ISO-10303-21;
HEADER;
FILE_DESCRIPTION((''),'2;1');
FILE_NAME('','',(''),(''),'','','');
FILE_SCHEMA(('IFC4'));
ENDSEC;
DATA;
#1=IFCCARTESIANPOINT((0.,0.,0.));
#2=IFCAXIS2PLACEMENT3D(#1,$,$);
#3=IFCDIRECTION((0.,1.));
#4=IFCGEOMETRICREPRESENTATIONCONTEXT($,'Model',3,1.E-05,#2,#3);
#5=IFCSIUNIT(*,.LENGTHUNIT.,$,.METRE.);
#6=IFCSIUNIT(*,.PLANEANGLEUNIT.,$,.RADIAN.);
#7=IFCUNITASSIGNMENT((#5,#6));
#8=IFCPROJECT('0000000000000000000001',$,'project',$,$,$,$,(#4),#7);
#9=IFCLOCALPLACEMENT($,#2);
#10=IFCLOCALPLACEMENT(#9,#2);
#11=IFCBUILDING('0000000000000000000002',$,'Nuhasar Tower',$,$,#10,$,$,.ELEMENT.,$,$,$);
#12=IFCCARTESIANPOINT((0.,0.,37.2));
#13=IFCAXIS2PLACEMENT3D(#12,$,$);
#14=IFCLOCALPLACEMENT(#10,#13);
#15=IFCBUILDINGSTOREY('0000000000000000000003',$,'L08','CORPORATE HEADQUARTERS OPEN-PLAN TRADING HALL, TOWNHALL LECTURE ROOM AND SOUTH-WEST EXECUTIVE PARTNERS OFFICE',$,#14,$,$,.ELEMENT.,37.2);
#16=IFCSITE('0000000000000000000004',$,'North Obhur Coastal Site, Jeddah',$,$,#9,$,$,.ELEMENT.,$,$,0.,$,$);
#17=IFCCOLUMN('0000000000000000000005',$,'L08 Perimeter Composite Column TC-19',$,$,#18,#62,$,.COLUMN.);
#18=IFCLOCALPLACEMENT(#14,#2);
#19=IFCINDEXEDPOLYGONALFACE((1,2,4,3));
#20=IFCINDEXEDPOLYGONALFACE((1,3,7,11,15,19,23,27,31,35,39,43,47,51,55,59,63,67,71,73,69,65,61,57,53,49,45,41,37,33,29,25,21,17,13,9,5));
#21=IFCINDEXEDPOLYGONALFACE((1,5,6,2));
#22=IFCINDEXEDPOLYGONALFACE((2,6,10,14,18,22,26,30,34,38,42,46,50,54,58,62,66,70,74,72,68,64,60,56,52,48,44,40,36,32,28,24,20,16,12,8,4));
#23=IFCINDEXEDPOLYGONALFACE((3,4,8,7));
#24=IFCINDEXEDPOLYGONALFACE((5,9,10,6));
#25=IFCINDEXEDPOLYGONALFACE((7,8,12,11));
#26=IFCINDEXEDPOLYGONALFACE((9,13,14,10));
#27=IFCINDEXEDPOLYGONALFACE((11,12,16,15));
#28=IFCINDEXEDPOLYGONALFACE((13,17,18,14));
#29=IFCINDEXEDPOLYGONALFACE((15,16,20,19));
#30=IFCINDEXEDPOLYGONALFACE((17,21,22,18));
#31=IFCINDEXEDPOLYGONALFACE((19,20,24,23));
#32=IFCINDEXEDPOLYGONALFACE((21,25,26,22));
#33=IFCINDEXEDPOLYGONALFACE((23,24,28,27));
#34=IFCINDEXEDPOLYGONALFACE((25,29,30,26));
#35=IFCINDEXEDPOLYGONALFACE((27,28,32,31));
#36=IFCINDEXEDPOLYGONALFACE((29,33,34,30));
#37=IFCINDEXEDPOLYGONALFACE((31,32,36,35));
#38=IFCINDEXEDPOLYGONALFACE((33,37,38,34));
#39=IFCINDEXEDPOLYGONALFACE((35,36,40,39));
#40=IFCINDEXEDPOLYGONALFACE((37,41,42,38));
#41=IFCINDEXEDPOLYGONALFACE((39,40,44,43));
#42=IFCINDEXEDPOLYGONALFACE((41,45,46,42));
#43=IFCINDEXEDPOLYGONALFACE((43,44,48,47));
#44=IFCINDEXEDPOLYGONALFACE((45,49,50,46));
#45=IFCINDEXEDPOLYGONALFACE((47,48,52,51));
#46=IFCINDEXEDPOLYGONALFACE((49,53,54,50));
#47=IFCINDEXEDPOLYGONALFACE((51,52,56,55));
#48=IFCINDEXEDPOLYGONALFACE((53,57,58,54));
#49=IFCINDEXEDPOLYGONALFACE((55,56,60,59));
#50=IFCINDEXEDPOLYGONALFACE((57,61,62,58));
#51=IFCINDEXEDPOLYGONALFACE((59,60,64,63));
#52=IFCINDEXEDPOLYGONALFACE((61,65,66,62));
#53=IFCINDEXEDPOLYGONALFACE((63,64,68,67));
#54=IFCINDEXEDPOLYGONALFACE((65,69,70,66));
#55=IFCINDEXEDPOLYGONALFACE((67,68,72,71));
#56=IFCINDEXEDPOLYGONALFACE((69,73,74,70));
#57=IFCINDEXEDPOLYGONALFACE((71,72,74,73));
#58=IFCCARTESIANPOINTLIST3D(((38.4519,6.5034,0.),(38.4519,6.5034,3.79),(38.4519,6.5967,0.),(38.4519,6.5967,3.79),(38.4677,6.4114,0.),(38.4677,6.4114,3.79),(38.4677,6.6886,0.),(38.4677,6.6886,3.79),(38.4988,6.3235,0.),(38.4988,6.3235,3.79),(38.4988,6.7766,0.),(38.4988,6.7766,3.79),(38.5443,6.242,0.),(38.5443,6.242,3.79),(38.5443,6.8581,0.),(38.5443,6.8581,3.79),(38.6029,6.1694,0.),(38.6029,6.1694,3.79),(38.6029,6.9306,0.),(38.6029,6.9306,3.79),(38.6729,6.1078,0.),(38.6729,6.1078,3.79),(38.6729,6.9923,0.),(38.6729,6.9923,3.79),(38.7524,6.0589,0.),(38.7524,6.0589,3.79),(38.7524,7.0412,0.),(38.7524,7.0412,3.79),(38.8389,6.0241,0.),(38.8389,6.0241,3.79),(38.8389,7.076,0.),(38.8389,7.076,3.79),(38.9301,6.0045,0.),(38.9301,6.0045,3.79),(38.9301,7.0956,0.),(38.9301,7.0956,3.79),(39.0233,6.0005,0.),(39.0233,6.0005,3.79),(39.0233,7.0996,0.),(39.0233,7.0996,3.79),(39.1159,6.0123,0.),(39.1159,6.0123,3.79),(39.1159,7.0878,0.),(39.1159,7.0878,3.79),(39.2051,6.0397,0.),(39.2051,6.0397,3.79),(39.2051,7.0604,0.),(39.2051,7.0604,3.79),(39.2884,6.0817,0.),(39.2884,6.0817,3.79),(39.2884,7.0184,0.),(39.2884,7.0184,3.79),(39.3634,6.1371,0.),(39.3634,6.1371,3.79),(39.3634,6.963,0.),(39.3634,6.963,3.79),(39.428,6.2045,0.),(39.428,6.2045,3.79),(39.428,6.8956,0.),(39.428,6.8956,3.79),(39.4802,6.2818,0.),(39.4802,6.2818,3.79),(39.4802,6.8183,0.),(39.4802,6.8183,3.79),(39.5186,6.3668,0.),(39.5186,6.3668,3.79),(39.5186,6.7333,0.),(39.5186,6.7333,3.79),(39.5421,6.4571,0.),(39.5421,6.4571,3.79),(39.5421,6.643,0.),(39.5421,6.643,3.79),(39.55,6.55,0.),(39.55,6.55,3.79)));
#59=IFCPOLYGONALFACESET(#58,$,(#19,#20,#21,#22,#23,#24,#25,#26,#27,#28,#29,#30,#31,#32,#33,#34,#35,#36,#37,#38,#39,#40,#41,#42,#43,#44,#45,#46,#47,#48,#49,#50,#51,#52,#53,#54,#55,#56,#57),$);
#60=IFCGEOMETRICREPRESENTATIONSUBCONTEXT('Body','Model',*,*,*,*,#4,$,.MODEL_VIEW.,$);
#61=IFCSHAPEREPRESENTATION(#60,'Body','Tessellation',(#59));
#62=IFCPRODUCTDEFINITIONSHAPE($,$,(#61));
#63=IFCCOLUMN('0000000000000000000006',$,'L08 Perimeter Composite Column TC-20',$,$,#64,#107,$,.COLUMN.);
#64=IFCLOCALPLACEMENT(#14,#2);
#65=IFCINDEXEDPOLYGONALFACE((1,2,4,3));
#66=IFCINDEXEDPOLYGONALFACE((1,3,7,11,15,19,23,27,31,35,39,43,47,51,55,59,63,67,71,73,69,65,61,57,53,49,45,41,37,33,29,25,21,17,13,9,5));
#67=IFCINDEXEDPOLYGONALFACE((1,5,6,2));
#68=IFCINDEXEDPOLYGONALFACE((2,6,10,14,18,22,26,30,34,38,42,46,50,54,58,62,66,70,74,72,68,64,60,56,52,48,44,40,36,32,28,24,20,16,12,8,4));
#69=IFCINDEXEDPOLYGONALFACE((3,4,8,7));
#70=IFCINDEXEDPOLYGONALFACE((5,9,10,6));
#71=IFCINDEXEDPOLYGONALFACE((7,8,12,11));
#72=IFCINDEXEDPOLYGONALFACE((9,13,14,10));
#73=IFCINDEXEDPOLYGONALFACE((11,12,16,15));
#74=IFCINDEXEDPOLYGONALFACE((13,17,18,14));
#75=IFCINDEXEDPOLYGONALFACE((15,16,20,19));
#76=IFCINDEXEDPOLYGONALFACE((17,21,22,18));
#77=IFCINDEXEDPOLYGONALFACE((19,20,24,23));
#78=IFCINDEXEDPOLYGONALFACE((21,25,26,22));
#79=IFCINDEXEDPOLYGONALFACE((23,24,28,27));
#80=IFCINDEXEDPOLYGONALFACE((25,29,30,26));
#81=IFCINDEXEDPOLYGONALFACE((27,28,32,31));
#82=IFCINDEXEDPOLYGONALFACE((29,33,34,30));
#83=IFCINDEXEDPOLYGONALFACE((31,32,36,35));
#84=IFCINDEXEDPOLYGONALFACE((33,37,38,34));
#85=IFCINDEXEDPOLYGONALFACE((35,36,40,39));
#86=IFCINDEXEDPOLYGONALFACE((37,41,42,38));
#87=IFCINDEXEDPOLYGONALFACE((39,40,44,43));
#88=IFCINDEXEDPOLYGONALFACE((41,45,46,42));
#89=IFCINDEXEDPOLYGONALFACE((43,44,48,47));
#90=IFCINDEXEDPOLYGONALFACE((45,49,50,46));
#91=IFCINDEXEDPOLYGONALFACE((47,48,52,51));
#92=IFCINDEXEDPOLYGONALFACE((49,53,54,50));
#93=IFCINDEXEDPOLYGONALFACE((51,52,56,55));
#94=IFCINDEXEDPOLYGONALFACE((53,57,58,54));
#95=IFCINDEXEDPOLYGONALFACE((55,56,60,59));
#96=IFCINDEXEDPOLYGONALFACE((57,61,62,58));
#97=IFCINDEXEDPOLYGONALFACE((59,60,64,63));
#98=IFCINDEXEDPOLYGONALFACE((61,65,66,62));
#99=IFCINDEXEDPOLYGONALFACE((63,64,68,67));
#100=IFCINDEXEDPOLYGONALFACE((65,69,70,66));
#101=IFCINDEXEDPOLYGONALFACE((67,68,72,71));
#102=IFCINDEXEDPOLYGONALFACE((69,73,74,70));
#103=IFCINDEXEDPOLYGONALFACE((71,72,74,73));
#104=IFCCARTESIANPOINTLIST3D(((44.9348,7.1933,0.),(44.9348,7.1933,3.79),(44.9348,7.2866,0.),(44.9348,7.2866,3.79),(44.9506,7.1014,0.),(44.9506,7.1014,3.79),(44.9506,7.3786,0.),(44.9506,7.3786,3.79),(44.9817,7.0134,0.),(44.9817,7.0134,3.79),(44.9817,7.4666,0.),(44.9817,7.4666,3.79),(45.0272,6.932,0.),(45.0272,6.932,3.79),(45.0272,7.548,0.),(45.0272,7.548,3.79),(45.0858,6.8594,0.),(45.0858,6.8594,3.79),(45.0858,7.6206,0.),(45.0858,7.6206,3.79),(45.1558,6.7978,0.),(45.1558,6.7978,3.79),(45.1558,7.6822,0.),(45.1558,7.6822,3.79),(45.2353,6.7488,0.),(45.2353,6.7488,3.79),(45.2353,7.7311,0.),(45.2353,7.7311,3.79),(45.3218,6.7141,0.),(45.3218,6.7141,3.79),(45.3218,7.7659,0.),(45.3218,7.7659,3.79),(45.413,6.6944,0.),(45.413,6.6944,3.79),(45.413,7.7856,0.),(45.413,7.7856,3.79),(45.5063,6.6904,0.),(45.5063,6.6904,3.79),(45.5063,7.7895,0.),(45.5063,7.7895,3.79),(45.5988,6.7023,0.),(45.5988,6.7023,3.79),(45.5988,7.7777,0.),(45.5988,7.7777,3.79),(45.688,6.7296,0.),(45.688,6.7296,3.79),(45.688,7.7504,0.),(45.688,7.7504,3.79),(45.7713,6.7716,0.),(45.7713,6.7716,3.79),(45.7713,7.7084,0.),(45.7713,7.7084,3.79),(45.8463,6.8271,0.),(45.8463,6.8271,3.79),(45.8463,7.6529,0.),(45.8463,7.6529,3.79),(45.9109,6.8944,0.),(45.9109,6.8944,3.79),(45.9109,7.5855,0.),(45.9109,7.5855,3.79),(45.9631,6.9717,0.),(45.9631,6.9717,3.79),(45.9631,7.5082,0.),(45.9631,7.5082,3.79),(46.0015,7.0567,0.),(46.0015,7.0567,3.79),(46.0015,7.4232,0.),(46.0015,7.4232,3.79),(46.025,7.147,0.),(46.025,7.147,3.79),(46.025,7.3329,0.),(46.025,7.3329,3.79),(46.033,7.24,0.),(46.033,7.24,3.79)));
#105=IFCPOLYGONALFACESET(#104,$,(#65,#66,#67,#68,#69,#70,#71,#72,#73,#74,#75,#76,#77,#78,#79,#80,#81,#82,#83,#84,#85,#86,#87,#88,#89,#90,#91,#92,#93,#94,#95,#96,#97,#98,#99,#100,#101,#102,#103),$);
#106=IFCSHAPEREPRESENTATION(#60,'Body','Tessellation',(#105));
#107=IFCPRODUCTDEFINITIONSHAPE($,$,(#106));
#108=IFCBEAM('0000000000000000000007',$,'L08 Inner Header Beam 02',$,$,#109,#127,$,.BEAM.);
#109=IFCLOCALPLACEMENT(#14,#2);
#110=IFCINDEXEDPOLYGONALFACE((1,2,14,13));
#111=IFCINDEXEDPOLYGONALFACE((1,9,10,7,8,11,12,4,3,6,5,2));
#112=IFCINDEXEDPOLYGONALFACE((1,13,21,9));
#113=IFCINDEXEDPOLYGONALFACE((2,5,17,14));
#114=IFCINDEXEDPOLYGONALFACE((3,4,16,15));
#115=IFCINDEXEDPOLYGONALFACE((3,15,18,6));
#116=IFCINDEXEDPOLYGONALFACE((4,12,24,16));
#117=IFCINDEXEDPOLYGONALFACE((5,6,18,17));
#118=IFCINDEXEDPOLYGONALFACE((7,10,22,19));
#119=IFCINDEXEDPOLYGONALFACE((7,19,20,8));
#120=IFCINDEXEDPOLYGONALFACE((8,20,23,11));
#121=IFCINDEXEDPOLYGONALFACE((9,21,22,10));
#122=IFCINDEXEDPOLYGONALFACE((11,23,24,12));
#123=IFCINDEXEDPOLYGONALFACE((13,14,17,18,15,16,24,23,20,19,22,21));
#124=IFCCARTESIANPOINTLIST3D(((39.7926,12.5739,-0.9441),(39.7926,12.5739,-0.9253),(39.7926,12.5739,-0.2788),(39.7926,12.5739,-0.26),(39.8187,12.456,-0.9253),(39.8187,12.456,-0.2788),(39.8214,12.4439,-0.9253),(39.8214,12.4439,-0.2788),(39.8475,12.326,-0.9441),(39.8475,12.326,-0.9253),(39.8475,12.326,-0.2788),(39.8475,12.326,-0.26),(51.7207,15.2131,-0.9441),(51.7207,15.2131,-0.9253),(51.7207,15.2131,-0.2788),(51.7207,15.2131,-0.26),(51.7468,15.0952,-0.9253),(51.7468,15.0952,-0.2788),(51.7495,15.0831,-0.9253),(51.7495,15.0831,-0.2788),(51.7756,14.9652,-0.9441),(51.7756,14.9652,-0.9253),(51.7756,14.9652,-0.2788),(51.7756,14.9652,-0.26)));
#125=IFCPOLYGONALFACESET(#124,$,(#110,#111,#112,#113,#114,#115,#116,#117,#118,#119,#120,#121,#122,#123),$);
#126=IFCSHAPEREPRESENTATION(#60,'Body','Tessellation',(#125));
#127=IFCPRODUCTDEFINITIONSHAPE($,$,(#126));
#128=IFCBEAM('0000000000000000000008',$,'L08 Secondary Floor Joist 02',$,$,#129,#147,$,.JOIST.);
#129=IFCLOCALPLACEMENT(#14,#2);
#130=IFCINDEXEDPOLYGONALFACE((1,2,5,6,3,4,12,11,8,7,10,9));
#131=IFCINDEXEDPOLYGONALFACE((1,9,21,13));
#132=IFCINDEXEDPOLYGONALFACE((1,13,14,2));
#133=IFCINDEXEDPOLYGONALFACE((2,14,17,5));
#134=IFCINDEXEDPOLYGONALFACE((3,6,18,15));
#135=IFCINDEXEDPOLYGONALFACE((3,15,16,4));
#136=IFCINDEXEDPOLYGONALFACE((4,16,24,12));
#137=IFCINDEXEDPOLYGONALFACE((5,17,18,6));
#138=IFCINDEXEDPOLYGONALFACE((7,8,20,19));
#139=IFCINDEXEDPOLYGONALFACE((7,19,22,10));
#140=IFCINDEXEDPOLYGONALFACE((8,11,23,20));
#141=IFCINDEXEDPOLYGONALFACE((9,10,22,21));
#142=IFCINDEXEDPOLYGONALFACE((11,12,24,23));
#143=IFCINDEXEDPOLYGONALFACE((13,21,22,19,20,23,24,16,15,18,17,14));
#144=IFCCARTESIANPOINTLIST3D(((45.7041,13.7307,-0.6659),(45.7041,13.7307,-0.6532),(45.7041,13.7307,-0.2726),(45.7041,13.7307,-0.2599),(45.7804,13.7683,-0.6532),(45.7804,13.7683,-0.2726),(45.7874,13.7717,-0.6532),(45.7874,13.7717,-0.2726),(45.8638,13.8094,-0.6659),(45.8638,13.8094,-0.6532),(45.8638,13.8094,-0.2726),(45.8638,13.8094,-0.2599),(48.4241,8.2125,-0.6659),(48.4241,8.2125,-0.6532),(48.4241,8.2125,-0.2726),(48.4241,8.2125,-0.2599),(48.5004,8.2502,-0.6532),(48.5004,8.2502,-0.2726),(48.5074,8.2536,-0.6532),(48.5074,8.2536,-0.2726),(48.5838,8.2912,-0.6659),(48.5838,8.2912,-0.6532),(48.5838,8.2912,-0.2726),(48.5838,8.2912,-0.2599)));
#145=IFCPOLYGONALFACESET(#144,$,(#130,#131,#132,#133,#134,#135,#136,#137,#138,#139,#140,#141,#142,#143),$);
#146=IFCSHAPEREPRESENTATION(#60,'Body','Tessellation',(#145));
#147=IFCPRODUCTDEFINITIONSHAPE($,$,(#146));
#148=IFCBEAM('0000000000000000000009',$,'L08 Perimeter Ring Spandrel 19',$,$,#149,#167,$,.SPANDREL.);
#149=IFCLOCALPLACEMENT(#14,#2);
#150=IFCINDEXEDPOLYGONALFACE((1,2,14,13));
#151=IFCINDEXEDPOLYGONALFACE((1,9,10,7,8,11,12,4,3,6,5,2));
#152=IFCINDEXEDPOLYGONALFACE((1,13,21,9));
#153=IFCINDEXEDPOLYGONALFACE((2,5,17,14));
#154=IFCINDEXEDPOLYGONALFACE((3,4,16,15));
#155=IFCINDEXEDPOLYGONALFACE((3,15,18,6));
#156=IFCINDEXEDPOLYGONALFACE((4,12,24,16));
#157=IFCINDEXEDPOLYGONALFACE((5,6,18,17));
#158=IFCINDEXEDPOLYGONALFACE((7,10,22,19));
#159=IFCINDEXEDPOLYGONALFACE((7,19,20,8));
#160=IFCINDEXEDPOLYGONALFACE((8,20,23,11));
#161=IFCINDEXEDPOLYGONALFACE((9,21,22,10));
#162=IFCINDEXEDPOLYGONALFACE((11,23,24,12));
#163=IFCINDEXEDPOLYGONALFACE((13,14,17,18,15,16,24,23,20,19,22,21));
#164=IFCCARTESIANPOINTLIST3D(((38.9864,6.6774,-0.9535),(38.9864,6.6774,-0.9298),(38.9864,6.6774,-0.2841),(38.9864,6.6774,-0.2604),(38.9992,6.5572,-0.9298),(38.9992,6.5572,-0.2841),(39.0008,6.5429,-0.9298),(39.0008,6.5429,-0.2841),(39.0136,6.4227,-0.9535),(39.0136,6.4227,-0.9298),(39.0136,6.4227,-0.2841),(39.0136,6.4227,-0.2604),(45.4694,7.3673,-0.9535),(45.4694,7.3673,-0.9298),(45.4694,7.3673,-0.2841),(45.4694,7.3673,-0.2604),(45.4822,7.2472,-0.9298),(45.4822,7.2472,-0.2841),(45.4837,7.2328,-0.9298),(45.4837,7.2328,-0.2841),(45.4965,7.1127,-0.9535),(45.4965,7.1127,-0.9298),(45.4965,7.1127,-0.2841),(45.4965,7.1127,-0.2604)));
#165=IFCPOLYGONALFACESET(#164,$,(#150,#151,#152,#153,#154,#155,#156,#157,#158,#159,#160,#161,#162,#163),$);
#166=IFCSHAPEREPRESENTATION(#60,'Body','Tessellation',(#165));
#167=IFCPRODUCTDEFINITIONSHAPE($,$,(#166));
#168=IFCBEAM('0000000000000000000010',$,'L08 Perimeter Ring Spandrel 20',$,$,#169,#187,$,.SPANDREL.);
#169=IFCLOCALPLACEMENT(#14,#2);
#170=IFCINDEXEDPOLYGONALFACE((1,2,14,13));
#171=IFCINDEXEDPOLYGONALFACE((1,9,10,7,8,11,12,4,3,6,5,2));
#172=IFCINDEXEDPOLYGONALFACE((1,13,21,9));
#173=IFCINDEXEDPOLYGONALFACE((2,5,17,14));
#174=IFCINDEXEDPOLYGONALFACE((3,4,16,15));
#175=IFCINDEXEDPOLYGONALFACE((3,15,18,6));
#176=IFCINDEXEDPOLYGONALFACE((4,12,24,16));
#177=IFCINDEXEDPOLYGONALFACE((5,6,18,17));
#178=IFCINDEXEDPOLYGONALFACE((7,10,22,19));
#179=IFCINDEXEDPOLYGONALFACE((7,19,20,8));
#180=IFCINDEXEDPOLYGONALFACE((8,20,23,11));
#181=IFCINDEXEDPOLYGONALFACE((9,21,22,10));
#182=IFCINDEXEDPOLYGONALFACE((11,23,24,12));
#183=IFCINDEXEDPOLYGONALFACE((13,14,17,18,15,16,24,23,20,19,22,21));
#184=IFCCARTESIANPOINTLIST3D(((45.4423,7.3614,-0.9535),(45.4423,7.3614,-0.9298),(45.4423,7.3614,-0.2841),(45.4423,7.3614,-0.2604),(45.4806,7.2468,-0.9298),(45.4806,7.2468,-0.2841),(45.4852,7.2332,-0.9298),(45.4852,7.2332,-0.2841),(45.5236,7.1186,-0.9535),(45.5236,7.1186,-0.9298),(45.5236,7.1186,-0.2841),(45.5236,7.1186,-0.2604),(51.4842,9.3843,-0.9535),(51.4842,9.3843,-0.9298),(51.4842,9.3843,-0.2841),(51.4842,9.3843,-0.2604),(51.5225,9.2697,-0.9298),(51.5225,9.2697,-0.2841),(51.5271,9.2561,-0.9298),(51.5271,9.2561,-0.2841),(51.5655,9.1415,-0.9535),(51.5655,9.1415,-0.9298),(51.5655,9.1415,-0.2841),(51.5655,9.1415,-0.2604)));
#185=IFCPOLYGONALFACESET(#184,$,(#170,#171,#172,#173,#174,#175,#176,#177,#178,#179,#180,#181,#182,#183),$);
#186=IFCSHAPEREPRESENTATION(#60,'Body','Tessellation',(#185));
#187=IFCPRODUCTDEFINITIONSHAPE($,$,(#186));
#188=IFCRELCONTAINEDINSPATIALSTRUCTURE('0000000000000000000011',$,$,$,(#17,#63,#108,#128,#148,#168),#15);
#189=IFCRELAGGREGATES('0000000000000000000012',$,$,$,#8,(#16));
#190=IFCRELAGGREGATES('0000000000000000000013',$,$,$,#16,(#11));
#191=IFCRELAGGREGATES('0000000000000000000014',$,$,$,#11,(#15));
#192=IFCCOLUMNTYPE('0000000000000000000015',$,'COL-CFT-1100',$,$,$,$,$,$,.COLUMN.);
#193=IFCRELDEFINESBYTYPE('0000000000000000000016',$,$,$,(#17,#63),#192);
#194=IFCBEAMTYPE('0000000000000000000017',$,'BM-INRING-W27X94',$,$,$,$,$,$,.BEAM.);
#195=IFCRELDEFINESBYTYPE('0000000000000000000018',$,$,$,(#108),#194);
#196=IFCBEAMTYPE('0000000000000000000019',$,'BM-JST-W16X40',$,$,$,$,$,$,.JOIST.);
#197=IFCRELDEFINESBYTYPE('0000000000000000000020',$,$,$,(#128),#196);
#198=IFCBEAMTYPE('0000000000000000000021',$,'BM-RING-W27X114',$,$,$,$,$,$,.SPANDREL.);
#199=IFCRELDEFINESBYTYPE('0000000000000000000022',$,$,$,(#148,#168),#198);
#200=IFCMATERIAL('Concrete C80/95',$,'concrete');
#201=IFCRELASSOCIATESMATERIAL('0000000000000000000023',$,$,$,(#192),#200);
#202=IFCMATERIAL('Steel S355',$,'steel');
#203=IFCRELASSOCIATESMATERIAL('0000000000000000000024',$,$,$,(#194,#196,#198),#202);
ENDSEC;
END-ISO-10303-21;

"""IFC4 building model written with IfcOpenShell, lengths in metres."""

from ifc_helpers import new_model, si_unit, direction, frame, origin, origin_2d, place, context, subcontext, project, spatial, circle, i_section, extrude, material, material_profile, profile_set, type_object, element, save


model = new_model("IFC4")

# Units and contexts
model_context = context("Model", 3, precision=1e-05, world=origin(), true_north=direction((0.0, 1.0)))
body_context = subcontext(model_context, "Body", "Model", "MODEL_VIEW")
ifc_project = project(units=[si_unit("LENGTHUNIT", "METRE"), si_unit("PLANEANGLEUNIT", "RADIAN")], contexts=[model_context])

# Site, building, storey
site_placement = place(None, origin())
site = spatial("IfcSite", under=ifc_project, at=site_placement, Name="North Obhur Coastal Site, Jeddah", CompositionType="ELEMENT", RefElevation=0.0)
building_placement = place(site_placement, origin())
building = spatial("IfcBuilding", under=site, at=building_placement, Name="Nuhasar Tower", CompositionType="ELEMENT")
storey_placement = place(building_placement, frame((0.0, 0.0, 37.2)))
storey = spatial("IfcBuildingStorey", under=building, at=storey_placement, Name="L08", Description="CORPORATE HEADQUARTERS OPEN-PLAN TRADING HALL, TOWNHALL LECTURE ROOM AND SOUTH-WEST EXECUTIVE PARTNERS OFFICE", CompositionType="ELEMENT", Elevation=37.2)

# Columns
ifc_material_1 = material(Name="Concrete C80/95", Category="concrete")
ifc_material_profile_1 = material_profile(ifc_material_1, circle(Radius=0.55, at=origin_2d()), Name="CFT1100")
ifc_profile_set_1 = profile_set([ifc_material_profile_1], Name="Concrete C80/95")
column_type = type_object("IfcColumnType", Name="COL-CFT-1100", PredefinedType="COLUMN", material=ifc_profile_set_1)
for number, where, z_axis, x_axis, name in (
    (1, (39.0, 6.55, 0.0), (0.0, 0.0, 1.0), (1.0, 0.0, 0.0), "L08 Perimeter Composite Column TC-19"),
    (2, (45.4829, 7.24, 0.0), (0.0, 0.0, 1.0), (1.0, 0.0, 0.0), "L08 Perimeter Composite Column TC-20"),
):
    element("IfcColumn", number, at=place(storey_placement, frame(where, z_axis=z_axis, x_axis=x_axis)), inside=storey, type_object=column_type, Name=name, PredefinedType="COLUMN", context=body_context, shape_type="SweptSolid", body=[
        extrude(circle(Radius=0.55, at=origin_2d()), origin(), (0.0, 0.0, 1.0), 3.79),
    ])

# Beams
ifc_material_2 = material(Name="Steel S355", Category="steel")
ifc_material_profile_2 = material_profile(ifc_material_2, i_section(OverallWidth=0.2539, OverallDepth=0.6841, WebThickness=0.0125, FlangeThickness=0.0188, at=origin_2d()), Name="W27X94")
ifc_profile_set_2 = profile_set([ifc_material_profile_2], Name="Steel S355")
beam_type_1 = type_object("IfcBeamType", Name="BM-INRING-W27X94", PredefinedType="BEAM", material=ifc_profile_set_2)
beam_1_placement = place(storey_placement, frame((39.8201, 12.45, -0.6021), z_axis=(0.976386, 0.216033, 0.0), x_axis=(-0.216033, 0.976386, 0.0)))
element("IfcBeam", 3, at=beam_1_placement, inside=storey, type_object=beam_type_1, Name="L08 Inner Header Beam 02", PredefinedType="BEAM", context=body_context, shape_type="SweptSolid", body=[
    extrude(i_section(OverallWidth=0.2539, OverallDepth=0.6841, WebThickness=0.0125, FlangeThickness=0.0188, at=origin_2d()), origin(), (0.0, 0.0, 1.0), 12.2166),
])
ifc_material_profile_3 = material_profile(ifc_material_2, i_section(OverallWidth=0.178, OverallDepth=0.406, WebThickness=0.0078, FlangeThickness=0.0127, at=origin_2d()), Name="W16X40")
ifc_profile_set_3 = profile_set([ifc_material_profile_3], Name="Steel S355")
beam_type_2 = type_object("IfcBeamType", Name="BM-JST-W16X40", PredefinedType="JOIST", material=ifc_profile_set_3)
beam_2_placement = place(storey_placement, frame((45.7839, 13.77, -0.4629), z_axis=(0.442127, -0.896953, 0.0), x_axis=(0.896953, 0.442127, 0.0)))
element("IfcBeam", 4, at=beam_2_placement, inside=storey, type_object=beam_type_2, Name="L08 Secondary Floor Joist 02", PredefinedType="JOIST", context=body_context, shape_type="SweptSolid", body=[
    extrude(i_section(OverallWidth=0.178, OverallDepth=0.406, WebThickness=0.0078, FlangeThickness=0.0127, at=origin_2d()), origin(), (0.0, 0.0, 1.0), 6.1521),
])
ifc_material_profile_4 = material_profile(ifc_material_2, i_section(OverallWidth=0.2561, OverallDepth=0.6931, WebThickness=0.0144, FlangeThickness=0.0237, at=origin_2d()), Name="W27X114")
ifc_profile_set_4 = profile_set([ifc_material_profile_4], Name="Steel S355")
beam_type_3 = type_object("IfcBeamType", Name="BM-RING-W27X114", PredefinedType="SPANDREL", material=ifc_profile_set_4)
beam_3_placement = place(storey_placement, frame((39.0, 6.55, -0.6069), z_axis=(0.994385, 0.105827, 0.0), x_axis=(-0.105827, 0.994385, 0.0)))
element("IfcBeam", 5, at=beam_3_placement, inside=storey, type_object=beam_type_3, Name="L08 Perimeter Ring Spandrel 19", PredefinedType="SPANDREL", context=body_context, shape_type="SweptSolid", body=[
    extrude(i_section(OverallWidth=0.2561, OverallDepth=0.6931, WebThickness=0.0144, FlangeThickness=0.0237, at=origin_2d()), origin(), (0.0, 0.0, 1.0), 6.5195),
])
beam_4_placement = place(storey_placement, frame((45.4829, 7.24, -0.6069), z_axis=(0.948261, 0.317492, 0.0), x_axis=(-0.317492, 0.948261, 0.0)))
element("IfcBeam", 6, at=beam_4_placement, inside=storey, type_object=beam_type_3, Name="L08 Perimeter Ring Spandrel 20", PredefinedType="SPANDREL", context=body_context, shape_type="SweptSolid", body=[
    extrude(i_section(OverallWidth=0.2561, OverallDepth=0.6931, WebThickness=0.0144, FlangeThickness=0.0237, at=origin_2d()), origin(), (0.0, 0.0, 1.0), 6.3716),
])

save(model, "model.ifc")
